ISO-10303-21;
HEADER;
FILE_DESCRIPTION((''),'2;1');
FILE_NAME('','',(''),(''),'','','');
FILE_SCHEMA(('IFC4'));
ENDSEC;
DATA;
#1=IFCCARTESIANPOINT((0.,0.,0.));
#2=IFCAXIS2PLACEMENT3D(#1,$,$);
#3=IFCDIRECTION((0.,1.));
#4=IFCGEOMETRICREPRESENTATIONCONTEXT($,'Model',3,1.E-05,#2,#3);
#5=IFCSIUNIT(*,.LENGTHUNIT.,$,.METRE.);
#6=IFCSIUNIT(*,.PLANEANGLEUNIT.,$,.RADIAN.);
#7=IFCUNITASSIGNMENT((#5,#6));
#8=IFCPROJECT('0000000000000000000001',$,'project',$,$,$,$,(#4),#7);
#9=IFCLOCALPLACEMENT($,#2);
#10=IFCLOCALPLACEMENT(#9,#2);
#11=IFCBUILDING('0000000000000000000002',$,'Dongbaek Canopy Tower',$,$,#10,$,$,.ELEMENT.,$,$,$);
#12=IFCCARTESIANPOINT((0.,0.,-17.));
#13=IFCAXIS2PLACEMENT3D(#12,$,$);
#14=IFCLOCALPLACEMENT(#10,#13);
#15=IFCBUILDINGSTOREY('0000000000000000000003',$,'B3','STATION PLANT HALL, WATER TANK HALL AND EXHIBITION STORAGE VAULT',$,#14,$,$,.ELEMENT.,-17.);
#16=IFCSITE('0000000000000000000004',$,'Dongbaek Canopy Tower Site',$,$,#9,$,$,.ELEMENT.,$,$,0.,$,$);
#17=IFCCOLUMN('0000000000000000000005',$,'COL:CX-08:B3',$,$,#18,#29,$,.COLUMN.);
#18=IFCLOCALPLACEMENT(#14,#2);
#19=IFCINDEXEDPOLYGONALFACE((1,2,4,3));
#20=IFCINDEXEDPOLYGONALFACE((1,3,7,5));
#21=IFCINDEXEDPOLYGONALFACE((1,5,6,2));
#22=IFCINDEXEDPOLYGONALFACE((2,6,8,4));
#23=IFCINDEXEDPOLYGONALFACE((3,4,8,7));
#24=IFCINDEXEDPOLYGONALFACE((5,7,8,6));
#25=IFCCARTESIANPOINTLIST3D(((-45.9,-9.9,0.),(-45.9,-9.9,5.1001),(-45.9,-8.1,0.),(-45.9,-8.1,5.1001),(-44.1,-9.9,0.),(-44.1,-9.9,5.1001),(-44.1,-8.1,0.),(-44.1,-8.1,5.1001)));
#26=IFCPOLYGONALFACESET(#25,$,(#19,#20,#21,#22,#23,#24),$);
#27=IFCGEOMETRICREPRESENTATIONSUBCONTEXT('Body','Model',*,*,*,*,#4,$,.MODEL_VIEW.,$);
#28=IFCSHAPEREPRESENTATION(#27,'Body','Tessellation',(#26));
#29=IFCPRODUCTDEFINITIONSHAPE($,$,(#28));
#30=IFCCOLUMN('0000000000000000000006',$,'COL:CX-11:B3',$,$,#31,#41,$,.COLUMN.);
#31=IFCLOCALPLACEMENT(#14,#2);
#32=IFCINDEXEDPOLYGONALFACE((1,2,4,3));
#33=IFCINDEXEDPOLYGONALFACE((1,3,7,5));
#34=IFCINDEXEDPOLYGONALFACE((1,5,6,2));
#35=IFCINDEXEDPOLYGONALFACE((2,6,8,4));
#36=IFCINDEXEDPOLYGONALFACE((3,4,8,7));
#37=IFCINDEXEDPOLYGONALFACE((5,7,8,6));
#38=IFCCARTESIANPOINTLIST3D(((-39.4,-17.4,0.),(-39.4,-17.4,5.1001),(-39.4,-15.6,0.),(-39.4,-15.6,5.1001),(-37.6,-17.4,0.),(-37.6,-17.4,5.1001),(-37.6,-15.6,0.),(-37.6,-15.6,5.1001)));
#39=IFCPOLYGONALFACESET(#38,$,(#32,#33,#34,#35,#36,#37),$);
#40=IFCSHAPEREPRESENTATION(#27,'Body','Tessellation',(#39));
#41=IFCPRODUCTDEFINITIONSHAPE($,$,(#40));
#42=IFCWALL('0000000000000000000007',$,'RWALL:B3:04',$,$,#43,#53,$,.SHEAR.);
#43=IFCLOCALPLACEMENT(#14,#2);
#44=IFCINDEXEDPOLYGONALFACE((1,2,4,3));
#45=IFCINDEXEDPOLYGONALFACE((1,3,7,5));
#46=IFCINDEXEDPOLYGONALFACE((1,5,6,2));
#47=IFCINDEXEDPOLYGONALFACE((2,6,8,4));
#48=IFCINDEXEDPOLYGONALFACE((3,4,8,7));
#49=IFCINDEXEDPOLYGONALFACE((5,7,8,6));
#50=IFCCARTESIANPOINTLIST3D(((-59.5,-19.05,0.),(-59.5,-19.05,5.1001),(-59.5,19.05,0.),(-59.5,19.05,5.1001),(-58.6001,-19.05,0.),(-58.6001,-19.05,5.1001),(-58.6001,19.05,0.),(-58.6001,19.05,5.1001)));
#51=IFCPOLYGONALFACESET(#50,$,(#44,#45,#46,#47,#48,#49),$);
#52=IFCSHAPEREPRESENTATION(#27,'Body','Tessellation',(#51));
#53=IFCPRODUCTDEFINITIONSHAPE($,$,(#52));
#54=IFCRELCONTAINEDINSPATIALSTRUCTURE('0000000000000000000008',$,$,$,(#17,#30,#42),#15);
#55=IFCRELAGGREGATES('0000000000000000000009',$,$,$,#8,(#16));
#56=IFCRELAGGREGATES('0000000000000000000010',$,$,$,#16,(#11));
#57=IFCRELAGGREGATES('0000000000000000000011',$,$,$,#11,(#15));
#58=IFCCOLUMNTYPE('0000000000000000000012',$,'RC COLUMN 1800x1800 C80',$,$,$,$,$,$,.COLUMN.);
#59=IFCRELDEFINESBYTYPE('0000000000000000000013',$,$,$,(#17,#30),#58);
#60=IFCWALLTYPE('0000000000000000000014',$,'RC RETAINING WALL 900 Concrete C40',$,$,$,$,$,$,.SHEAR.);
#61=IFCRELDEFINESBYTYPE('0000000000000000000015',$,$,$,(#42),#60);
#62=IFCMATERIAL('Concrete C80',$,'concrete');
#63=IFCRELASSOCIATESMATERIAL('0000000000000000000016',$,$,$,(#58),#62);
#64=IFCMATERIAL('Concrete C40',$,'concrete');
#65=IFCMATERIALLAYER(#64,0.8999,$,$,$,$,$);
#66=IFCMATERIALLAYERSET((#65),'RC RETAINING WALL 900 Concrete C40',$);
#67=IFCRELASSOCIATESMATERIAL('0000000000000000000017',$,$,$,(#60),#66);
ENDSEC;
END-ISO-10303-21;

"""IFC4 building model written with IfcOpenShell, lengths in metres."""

from ifc_helpers import new_model, si_unit, direction, frame, frame_2d, origin, origin_2d, place, context, subcontext, project, spatial, rectangle, extrude, material, layer, layer_set, material_profile, profile_set, type_object, element, save


model = new_model("IFC4")

# Units and contexts
model_context = context("Model", 3, precision=1e-05, world=origin(), true_north=direction((0.0, 1.0)))
body_context = subcontext(model_context, "Body", "Model", "MODEL_VIEW")
ifc_project = project(units=[si_unit("LENGTHUNIT", "METRE"), si_unit("PLANEANGLEUNIT", "RADIAN")], contexts=[model_context])

# Site, building, storey
site_placement = place(None, origin())
site = spatial("IfcSite", under=ifc_project, at=site_placement, Name="Dongbaek Canopy Tower Site", CompositionType="ELEMENT", RefElevation=0.0)
building_placement = place(site_placement, origin())
building = spatial("IfcBuilding", under=site, at=building_placement, Name="Dongbaek Canopy Tower", CompositionType="ELEMENT")
storey_placement = place(building_placement, frame((0.0, 0.0, -17.0)))
storey = spatial("IfcBuildingStorey", under=building, at=storey_placement, Name="B3", Description="STATION PLANT HALL, WATER TANK HALL AND EXHIBITION STORAGE VAULT", CompositionType="ELEMENT", Elevation=-17.0)

# Columns
ifc_material_1 = material(Name="Concrete C80", Category="concrete")
ifc_material_profile_1 = material_profile(ifc_material_1, rectangle(XDim=1.8, YDim=1.8, at=origin_2d()), Name="RC COLUMN 1800x1800 C80")
ifc_profile_set_1 = profile_set([ifc_material_profile_1], Name="Concrete C80")
column_type = type_object("IfcColumnType", Name="RC COLUMN 1800x1800 C80", PredefinedType="COLUMN", material=ifc_profile_set_1)
for number, where, z_axis, x_axis, name in (
    (1, (-45.0, -9.0, 0.0), (0.0, 0.0, 1.0), (1.0, 0.0, 0.0), "COL:CX-08:B3"),
    (2, (-38.5, -16.5, 0.0), (0.0, 0.0, 1.0), (1.0, 0.0, 0.0), "COL:CX-11:B3"),
):
    element("IfcColumn", number, at=place(storey_placement, frame(where, z_axis=z_axis, x_axis=x_axis)), inside=storey, type_object=column_type, Name=name, PredefinedType="COLUMN", context=body_context, shape_type="SweptSolid", body=[
        extrude(rectangle(XDim=1.8, YDim=1.8, at=origin_2d()), origin(), (0.0, 0.0, 1.0), 5.1001),
    ])

# Wall
ifc_material_2 = material(Name="Concrete C40", Category="concrete")
ifc_layer = layer(ifc_material_2, 0.8999)
ifc_layer_set = layer_set([ifc_layer], Name="RC RETAINING WALL 900 Concrete C40")
wall_type = type_object("IfcWallType", Name="RC RETAINING WALL 900 Concrete C40", PredefinedType="SHEAR", material=ifc_layer_set)
wall_placement = place(storey_placement, frame((-59.05, -19.05, 0.0), z_axis=(0.0, 0.0, 1.0), x_axis=(0.0, 1.0, 0.0)))
element("IfcWall", 3, at=wall_placement, inside=storey, type_object=wall_type, Name="RWALL:B3:04", PredefinedType="SHEAR", context=body_context, shape_type="SweptSolid", body=[
    extrude(rectangle(XDim=38.1001, YDim=0.8999, at=frame_2d((19.05, 0.0))), origin(), (0.0, 0.0, 1.0), 5.1001),
])

save(model, "model.ifc")
